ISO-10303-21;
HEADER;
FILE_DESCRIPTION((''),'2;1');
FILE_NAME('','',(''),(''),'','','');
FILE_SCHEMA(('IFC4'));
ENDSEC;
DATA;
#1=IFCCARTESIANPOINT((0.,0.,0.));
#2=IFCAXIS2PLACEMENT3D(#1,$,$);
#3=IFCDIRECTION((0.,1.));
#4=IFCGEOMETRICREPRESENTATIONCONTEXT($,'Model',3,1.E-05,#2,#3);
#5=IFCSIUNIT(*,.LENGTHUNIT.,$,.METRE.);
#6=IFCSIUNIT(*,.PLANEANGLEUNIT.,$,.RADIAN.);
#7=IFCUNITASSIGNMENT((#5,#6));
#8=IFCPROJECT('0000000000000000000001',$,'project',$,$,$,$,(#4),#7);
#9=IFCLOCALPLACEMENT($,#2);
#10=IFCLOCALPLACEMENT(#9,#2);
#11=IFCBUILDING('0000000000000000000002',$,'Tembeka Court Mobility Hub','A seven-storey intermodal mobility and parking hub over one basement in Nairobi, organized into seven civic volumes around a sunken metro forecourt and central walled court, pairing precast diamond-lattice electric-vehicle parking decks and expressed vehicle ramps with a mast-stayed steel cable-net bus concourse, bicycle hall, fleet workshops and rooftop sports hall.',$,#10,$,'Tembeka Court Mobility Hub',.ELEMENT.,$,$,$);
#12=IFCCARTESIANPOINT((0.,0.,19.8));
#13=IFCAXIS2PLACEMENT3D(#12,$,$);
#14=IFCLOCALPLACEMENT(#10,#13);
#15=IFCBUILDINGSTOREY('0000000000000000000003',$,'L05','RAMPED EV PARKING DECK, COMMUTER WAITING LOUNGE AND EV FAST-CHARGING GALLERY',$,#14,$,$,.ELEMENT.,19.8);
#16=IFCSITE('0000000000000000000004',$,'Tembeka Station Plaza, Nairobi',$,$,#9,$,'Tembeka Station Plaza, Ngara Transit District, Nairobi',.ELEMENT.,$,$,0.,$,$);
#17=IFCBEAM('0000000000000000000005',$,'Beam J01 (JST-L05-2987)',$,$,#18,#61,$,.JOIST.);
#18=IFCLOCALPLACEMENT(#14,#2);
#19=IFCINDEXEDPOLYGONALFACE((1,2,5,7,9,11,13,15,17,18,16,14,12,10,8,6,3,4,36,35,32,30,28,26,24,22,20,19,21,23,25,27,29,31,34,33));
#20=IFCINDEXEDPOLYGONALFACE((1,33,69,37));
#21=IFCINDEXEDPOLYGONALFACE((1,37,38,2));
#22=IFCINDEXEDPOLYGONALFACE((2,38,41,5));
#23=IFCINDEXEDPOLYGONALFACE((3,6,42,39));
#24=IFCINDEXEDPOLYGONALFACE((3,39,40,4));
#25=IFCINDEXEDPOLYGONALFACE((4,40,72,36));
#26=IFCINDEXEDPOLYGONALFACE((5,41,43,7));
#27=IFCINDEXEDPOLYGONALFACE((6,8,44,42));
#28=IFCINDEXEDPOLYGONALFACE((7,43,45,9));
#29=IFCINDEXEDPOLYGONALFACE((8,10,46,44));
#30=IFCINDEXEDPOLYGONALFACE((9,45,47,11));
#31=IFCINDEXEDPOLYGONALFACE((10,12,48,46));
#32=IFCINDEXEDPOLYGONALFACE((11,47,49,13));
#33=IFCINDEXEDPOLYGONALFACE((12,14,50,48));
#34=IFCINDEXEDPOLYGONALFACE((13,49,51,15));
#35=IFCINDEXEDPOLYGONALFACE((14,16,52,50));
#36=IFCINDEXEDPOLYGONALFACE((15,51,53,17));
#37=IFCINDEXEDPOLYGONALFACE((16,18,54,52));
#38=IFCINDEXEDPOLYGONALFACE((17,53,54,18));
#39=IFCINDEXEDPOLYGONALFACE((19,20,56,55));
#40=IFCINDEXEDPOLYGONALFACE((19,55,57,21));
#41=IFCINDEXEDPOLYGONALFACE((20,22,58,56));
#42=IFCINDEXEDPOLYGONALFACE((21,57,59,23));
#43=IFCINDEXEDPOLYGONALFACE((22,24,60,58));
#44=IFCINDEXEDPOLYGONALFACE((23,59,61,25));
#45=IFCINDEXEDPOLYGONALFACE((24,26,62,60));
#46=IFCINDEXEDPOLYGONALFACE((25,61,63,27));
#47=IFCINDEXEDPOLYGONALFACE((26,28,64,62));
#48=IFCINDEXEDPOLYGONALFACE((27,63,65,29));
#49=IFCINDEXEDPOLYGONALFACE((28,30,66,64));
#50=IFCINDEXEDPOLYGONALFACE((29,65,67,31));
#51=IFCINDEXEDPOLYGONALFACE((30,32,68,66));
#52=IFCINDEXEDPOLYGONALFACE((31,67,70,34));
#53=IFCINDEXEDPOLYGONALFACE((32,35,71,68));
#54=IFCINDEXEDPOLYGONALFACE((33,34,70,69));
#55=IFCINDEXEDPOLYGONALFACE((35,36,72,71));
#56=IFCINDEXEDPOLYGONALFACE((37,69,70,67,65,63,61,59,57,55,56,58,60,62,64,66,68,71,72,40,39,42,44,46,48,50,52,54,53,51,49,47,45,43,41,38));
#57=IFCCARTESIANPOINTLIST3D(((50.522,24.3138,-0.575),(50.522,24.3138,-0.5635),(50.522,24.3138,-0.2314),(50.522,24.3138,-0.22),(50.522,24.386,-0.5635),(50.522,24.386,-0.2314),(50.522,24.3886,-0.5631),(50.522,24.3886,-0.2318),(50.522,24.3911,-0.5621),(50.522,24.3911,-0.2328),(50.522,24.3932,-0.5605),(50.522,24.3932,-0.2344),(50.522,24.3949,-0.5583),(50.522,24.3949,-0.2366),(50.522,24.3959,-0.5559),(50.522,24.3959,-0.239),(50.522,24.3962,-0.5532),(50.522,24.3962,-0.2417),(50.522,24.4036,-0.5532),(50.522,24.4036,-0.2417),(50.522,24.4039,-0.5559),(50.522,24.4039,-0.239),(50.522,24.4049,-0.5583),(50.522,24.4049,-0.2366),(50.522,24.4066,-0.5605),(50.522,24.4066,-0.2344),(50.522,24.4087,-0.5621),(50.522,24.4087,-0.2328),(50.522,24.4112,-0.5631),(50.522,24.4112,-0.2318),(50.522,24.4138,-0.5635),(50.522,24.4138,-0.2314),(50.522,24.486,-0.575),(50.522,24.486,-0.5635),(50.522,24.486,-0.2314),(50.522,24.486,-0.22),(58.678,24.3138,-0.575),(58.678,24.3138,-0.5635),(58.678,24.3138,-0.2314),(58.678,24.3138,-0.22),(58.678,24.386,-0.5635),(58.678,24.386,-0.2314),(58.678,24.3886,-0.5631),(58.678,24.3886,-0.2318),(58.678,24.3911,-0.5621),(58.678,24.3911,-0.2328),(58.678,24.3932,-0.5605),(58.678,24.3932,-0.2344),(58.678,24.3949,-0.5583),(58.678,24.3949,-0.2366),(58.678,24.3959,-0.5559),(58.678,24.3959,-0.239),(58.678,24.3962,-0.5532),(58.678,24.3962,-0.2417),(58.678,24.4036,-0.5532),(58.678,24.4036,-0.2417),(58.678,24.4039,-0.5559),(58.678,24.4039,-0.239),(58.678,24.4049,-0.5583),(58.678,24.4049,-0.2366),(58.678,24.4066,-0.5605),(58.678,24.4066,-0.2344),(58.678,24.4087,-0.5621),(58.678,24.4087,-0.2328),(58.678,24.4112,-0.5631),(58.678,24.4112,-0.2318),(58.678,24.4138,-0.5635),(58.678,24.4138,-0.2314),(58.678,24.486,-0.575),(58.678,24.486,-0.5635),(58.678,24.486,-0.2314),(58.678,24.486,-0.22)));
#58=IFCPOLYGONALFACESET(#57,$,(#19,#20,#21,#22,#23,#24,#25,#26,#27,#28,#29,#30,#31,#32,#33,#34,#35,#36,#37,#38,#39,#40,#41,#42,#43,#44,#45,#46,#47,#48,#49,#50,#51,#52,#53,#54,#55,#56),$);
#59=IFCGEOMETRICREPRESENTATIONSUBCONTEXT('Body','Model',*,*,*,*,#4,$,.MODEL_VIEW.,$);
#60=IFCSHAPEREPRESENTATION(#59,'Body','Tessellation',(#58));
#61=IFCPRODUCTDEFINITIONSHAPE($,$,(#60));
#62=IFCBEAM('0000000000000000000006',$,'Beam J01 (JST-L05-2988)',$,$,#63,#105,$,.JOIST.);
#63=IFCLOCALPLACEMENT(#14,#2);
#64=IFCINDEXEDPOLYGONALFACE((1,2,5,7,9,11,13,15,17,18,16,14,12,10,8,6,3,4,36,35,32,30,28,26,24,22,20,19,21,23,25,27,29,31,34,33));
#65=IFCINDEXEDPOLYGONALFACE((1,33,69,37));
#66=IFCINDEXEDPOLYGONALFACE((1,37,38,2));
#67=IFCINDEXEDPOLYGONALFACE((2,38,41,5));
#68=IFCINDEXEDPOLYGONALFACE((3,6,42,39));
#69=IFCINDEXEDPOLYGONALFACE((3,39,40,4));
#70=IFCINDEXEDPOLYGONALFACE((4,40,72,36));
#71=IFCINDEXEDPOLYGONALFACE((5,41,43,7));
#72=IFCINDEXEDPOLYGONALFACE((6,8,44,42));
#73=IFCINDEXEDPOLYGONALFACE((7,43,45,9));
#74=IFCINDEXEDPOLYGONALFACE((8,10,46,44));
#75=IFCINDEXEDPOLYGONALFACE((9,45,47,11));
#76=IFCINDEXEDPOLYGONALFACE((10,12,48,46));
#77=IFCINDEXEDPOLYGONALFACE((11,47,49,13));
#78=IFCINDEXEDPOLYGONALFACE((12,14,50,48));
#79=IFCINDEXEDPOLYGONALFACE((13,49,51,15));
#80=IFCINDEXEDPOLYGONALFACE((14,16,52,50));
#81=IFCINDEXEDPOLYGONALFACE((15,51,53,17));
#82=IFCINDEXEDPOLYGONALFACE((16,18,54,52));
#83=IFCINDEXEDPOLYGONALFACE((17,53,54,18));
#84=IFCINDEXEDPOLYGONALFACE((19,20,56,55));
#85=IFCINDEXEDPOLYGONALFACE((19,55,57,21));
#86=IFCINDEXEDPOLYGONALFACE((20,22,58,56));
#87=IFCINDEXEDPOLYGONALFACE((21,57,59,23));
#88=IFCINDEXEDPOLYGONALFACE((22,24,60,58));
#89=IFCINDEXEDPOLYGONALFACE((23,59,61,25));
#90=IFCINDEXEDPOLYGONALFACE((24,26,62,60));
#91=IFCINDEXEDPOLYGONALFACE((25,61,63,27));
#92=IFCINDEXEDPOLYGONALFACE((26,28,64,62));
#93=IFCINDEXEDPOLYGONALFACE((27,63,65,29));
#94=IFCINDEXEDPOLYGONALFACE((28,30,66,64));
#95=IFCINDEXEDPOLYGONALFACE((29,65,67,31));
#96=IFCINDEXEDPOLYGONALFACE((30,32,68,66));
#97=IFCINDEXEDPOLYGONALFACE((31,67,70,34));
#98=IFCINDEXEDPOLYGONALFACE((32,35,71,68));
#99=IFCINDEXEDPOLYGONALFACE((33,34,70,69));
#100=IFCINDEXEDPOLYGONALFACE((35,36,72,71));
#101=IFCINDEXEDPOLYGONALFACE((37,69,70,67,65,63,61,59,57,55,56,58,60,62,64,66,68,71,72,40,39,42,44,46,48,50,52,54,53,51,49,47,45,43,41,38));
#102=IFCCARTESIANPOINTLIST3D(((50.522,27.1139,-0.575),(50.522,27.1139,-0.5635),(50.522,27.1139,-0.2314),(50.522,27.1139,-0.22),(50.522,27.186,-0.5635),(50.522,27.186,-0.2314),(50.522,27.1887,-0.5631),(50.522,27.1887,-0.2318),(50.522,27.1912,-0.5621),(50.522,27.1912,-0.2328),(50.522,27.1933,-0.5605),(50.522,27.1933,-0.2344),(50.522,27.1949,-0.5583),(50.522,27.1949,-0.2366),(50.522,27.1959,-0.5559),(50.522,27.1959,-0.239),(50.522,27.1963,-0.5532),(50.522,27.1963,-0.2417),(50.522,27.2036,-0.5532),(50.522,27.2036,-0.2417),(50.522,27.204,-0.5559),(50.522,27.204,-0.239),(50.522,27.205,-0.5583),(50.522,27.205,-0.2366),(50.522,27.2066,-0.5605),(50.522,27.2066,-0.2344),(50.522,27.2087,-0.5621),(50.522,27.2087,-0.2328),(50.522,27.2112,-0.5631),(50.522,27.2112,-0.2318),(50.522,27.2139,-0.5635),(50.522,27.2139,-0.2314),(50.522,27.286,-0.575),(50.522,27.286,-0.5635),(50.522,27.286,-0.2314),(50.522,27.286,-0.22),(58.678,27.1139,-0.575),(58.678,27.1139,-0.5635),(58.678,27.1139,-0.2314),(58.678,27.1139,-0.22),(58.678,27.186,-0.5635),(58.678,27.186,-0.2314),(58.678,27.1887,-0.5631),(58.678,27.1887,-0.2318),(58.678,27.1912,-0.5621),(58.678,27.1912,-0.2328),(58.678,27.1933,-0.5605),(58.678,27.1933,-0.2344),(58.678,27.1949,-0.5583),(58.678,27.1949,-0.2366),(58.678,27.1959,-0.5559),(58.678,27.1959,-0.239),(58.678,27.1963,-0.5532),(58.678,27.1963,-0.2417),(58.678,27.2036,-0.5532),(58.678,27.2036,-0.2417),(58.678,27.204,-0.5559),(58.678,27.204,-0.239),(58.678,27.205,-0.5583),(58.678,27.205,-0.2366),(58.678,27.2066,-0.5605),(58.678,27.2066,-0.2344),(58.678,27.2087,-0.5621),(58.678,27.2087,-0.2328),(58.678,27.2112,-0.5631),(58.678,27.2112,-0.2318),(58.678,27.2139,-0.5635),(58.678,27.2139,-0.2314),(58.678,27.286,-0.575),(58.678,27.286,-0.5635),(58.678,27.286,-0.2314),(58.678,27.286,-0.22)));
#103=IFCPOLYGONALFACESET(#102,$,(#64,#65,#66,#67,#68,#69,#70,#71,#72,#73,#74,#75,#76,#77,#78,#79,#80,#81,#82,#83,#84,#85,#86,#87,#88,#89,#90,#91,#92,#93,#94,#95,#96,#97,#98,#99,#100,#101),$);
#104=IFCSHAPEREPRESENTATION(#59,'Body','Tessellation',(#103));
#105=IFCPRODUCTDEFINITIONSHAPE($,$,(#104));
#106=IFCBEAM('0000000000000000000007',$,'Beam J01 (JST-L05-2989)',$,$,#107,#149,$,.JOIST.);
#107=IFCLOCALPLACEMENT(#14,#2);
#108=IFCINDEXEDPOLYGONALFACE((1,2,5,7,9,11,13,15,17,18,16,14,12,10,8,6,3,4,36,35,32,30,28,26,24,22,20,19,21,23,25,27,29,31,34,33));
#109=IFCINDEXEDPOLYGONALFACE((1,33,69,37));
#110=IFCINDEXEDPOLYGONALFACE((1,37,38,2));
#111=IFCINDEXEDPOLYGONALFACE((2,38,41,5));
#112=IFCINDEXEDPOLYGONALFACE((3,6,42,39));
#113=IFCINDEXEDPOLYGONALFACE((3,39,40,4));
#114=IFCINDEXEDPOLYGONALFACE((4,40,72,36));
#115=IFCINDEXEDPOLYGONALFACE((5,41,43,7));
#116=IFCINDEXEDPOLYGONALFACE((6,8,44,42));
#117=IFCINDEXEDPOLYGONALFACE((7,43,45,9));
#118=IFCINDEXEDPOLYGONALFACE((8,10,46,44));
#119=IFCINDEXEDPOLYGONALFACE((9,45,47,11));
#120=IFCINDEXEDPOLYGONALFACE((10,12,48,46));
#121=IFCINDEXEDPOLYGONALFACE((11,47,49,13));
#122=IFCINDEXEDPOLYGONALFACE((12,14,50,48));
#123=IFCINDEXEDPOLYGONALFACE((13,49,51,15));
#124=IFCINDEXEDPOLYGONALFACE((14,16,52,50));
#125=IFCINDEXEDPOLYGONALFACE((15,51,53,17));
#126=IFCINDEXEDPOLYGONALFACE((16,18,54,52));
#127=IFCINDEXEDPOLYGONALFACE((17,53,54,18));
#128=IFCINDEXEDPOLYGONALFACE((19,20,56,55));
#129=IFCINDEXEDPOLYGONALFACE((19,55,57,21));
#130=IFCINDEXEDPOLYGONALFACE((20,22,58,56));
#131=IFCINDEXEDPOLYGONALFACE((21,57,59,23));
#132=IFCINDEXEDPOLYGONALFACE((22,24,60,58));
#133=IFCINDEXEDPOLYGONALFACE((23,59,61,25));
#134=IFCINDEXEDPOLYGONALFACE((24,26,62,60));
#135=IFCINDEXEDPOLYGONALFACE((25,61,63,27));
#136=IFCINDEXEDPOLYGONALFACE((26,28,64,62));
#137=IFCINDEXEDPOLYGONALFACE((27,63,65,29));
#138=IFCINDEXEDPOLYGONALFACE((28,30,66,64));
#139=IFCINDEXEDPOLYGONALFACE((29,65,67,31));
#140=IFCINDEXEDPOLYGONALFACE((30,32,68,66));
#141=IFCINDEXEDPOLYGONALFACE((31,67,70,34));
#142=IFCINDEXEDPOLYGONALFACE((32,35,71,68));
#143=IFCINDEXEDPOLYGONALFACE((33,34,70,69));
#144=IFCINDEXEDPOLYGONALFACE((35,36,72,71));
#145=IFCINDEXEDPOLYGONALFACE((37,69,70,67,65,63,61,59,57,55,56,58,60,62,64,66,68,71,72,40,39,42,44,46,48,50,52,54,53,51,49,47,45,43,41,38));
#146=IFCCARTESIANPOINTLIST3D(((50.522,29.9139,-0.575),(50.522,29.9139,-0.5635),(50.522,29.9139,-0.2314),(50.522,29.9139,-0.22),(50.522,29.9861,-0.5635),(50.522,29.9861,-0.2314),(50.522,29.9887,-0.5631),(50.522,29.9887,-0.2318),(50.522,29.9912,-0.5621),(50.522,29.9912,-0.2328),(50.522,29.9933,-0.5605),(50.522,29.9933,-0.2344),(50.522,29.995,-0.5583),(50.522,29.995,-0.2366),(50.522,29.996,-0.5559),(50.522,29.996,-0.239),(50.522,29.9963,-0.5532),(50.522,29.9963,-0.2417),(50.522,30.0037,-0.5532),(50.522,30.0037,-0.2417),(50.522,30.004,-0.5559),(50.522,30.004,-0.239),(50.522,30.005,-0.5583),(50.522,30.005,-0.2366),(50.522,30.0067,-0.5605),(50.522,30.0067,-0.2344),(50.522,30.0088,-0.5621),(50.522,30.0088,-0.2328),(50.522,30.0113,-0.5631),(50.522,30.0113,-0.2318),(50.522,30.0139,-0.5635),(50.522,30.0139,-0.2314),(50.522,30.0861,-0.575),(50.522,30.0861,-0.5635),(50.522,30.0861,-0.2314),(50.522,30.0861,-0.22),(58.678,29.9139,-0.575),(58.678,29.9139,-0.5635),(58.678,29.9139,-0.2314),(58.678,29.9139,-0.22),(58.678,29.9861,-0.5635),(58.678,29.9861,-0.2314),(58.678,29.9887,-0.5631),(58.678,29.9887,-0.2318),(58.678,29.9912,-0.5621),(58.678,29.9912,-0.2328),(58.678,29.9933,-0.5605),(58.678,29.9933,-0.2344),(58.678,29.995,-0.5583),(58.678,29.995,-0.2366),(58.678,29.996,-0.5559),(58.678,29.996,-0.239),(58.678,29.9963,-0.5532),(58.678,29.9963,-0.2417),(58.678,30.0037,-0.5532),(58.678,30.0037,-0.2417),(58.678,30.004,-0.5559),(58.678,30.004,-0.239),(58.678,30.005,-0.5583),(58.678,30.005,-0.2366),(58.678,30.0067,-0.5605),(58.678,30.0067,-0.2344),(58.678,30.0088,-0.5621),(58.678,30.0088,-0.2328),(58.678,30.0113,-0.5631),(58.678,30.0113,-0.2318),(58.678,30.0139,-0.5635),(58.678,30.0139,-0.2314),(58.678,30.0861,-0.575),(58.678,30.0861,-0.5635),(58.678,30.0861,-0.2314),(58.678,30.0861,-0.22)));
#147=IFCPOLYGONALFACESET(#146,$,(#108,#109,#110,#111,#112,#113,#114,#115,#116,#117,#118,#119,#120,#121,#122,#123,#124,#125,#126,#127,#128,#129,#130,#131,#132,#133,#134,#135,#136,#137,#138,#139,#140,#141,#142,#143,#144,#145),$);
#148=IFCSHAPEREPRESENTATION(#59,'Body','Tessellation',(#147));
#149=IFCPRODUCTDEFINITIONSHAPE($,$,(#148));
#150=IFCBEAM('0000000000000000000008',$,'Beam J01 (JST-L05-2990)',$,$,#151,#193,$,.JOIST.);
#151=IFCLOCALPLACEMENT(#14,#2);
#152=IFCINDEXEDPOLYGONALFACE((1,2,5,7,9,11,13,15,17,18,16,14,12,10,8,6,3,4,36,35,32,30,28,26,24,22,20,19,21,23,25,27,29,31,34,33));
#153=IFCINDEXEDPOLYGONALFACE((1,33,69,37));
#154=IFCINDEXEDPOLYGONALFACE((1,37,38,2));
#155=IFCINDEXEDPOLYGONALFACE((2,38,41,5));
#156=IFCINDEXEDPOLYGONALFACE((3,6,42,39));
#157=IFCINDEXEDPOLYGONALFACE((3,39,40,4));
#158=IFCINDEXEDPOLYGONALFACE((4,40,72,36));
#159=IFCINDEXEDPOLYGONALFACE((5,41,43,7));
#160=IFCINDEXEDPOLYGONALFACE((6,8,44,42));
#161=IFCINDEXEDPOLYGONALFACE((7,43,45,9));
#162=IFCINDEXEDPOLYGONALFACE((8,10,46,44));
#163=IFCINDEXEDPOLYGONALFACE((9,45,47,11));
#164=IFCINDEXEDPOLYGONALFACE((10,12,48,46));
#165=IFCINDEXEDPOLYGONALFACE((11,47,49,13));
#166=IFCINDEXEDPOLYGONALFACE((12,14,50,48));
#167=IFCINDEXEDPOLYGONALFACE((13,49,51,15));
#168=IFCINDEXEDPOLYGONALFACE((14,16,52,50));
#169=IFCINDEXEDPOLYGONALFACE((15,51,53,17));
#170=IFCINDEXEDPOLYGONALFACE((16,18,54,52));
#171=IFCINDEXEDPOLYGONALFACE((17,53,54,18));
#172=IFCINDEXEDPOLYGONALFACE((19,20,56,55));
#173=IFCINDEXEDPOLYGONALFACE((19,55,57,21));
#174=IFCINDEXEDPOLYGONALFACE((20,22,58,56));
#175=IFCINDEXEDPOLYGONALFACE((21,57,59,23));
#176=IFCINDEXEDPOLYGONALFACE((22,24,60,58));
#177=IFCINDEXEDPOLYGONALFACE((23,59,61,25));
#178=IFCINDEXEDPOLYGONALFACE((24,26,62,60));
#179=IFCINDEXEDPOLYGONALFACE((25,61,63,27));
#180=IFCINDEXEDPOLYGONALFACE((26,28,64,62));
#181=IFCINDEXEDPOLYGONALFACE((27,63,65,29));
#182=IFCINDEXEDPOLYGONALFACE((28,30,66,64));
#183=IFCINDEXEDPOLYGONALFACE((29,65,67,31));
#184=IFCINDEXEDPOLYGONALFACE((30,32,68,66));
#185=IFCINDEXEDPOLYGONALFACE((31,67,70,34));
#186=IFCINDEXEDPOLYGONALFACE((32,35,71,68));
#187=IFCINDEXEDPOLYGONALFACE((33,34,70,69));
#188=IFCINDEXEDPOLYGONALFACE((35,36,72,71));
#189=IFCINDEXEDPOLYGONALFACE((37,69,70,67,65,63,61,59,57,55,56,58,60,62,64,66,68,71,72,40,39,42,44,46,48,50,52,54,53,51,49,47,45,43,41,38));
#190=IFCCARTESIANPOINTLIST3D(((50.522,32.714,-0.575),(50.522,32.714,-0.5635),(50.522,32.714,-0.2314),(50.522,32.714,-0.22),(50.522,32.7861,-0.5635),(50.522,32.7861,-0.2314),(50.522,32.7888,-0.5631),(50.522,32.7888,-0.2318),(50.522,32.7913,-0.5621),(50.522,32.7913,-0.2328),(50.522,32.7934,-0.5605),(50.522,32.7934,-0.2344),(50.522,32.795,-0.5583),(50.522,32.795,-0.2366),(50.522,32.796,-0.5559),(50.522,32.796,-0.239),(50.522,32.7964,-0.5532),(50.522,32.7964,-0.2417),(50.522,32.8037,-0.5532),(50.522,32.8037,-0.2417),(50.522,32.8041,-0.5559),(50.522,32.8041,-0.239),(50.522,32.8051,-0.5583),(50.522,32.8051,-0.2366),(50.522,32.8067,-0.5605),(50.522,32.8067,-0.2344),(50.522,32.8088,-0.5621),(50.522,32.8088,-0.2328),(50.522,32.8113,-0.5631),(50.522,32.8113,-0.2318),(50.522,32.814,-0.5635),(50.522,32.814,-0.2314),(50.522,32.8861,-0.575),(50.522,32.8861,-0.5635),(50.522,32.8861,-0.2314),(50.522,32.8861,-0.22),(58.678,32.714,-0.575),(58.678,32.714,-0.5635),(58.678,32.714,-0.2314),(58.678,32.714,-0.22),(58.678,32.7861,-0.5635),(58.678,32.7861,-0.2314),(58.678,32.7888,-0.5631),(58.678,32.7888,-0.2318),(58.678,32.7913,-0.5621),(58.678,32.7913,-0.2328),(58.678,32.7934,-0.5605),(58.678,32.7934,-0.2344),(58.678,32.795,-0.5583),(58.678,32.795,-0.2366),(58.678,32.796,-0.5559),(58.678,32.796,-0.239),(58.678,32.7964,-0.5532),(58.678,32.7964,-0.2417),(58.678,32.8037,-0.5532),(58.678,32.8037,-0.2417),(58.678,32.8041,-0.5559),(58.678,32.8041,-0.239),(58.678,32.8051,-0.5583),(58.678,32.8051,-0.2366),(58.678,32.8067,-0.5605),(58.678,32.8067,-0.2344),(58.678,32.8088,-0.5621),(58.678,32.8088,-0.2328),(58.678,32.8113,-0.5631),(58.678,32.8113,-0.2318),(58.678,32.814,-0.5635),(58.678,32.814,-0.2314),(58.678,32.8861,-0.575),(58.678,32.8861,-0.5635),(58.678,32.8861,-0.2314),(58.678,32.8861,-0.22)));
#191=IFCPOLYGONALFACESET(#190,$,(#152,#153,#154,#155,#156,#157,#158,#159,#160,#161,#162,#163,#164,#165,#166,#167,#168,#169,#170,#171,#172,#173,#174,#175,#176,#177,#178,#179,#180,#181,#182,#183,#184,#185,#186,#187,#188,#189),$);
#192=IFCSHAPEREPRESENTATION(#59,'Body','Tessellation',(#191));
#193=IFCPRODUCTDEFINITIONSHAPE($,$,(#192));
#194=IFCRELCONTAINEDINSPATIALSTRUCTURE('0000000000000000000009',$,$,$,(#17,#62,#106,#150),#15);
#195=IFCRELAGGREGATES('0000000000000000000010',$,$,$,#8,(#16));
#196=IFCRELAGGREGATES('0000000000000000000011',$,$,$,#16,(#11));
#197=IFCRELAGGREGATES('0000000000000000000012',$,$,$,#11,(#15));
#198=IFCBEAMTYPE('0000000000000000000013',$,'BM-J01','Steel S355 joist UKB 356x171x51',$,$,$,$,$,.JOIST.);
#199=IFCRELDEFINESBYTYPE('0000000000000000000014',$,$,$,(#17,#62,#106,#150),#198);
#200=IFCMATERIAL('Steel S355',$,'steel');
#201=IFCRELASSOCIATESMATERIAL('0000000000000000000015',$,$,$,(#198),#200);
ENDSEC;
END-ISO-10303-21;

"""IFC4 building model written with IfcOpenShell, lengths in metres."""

from ifc_helpers import new_model, si_unit, direction, frame, origin, origin_2d, place, context, subcontext, project, spatial, i_section, extrude, material, material_profile, profile_set, type_object, element, save


model = new_model("IFC4")

# Units and contexts
model_context = context("Model", 3, precision=1e-05, world=origin(), true_north=direction((0.0, 1.0)))
body_context = subcontext(model_context, "Body", "Model", "MODEL_VIEW")
ifc_project = project(units=[si_unit("LENGTHUNIT", "METRE"), si_unit("PLANEANGLEUNIT", "RADIAN")], contexts=[model_context])

# Site, building, storey
site_placement = place(None, origin())
site = spatial("IfcSite", under=ifc_project, at=site_placement, Name="Tembeka Station Plaza, Nairobi", LongName="Tembeka Station Plaza, Ngara Transit District, Nairobi", CompositionType="ELEMENT", RefElevation=0.0)
building_placement = place(site_placement, origin())
building = spatial("IfcBuilding", under=site, at=building_placement, Name="Tembeka Court Mobility Hub", Description="A seven-storey intermodal mobility and parking hub over one basement in Nairobi, organized into seven civic volumes around a sunken metro forecourt and central walled court, pairing precast diamond-lattice electric-vehicle parking decks and expressed vehicle ramps with a mast-stayed steel cable-net bus concourse, bicycle hall, fleet workshops and rooftop sports hall.", LongName="Tembeka Court Mobility Hub", CompositionType="ELEMENT")
storey_placement = place(building_placement, frame((0.0, 0.0, 19.8)))
storey = spatial("IfcBuildingStorey", under=building, at=storey_placement, Name="L05", Description="RAMPED EV PARKING DECK, COMMUTER WAITING LOUNGE AND EV FAST-CHARGING GALLERY", CompositionType="ELEMENT", Elevation=19.8)

# Shared definitions
ifc_material_1 = material(Name="Steel S355", Category="steel")

# Beams
ifc_material_profile_1 = material_profile(ifc_material_1, i_section(OverallWidth=0.1721, OverallDepth=0.355, WebThickness=0.0073, FlangeThickness=0.0115, FilletRadius=0.0103, at=origin_2d()), Name="UKB 356x171x51")
ifc_profile_set_1 = profile_set([ifc_material_profile_1], Name="Steel S355")
beam_type_1 = type_object("IfcBeamType", Name="BM-J01", Description="Steel S355 joist UKB 356x171x51", PredefinedType="JOIST", material=ifc_profile_set_1)
for number, where, z_axis, x_axis, name in (
    (1, (50.522, 24.3999, -0.3975), (1.0, 0.0, 0.0), (0.0, 1.0, 0.0), "Beam J01 (JST-L05-2987)"),
    (2, (50.522, 27.2, -0.3975), (1.0, 0.0, 0.0), (0.0, 1.0, 0.0), "Beam J01 (JST-L05-2988)"),
    (3, (50.522, 30.0, -0.3975), (1.0, 0.0, 0.0), (0.0, 1.0, 0.0), "Beam J01 (JST-L05-2989)"),
    (4, (50.522, 32.8, -0.3975), (1.0, 0.0, 0.0), (0.0, 1.0, 0.0), "Beam J01 (JST-L05-2990)"),
):
    element("IfcBeam", number, at=place(storey_placement, frame(where, z_axis=z_axis, x_axis=x_axis)), inside=storey, type_object=beam_type_1, Name=name, PredefinedType="JOIST", context=body_context, shape_type="SweptSolid", body=[
        extrude(i_section(OverallWidth=0.1721, OverallDepth=0.355, WebThickness=0.0073, FlangeThickness=0.0115, FilletRadius=0.0103, at=origin_2d()), origin(), (0.0, 0.0, 1.0), 8.156),
    ])

save(model, "model.ifc")
